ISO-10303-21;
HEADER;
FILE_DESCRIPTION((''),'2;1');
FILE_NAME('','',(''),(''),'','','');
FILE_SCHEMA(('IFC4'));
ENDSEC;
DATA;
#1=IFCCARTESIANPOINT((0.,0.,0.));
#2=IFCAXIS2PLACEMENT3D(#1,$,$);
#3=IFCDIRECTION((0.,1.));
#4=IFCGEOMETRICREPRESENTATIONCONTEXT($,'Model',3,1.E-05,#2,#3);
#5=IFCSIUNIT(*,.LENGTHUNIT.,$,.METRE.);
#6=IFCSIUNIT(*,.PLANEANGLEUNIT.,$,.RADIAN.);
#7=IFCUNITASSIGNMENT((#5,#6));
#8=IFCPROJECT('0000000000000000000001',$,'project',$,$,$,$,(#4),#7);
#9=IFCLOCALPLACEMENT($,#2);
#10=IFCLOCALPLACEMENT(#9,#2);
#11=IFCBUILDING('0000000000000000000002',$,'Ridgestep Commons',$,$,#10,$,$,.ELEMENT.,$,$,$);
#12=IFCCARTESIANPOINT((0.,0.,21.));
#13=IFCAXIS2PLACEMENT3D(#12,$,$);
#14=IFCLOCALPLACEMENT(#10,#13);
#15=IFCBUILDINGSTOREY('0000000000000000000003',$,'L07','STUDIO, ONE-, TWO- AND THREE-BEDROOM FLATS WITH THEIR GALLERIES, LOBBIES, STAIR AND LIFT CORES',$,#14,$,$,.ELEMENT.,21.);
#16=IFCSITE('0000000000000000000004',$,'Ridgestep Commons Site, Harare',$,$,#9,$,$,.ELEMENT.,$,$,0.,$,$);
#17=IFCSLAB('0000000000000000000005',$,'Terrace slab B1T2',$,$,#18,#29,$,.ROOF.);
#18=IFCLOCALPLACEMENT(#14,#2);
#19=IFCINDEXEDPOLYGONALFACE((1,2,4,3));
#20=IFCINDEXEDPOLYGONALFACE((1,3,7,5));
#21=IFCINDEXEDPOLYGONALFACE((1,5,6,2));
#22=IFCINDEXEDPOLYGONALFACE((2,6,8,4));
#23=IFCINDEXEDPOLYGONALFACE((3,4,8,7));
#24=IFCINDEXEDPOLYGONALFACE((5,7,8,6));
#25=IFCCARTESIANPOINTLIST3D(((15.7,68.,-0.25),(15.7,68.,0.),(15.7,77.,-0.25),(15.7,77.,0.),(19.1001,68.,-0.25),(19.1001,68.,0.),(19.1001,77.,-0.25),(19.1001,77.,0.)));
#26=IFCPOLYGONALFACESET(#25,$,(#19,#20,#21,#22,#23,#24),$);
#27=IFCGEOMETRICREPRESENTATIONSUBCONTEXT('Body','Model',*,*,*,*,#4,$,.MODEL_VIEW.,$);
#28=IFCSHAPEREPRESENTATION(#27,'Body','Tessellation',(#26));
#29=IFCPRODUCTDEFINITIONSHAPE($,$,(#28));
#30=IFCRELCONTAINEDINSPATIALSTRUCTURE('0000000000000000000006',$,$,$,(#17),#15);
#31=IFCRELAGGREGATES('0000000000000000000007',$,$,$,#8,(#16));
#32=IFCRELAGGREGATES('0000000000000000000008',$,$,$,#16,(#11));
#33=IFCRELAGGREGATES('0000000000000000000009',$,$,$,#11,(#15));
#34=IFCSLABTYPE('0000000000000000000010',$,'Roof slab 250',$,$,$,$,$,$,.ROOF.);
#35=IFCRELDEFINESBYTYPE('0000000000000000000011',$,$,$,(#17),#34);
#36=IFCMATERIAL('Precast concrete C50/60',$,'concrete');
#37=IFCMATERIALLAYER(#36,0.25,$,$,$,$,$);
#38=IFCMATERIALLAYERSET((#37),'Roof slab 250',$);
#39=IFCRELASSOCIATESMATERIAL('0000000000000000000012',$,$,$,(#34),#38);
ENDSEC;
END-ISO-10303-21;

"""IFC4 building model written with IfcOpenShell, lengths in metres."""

from ifc_helpers import new_model, si_unit, direction, frame, origin, place, context, subcontext, project, spatial, polyline, outline, extrude, material, layer, layer_set, type_object, element, save


model = new_model("IFC4")

# Units and contexts
model_context = context("Model", 3, precision=1e-05, world=origin(), true_north=direction((0.0, 1.0)))
body_context = subcontext(model_context, "Body", "Model", "MODEL_VIEW")
ifc_project = project(units=[si_unit("LENGTHUNIT", "METRE"), si_unit("PLANEANGLEUNIT", "RADIAN")], contexts=[model_context])

# Site, building, storey
site_placement = place(None, origin())
site = spatial("IfcSite", under=ifc_project, at=site_placement, Name="Ridgestep Commons Site, Harare", CompositionType="ELEMENT", RefElevation=0.0)
building_placement = place(site_placement, origin())
building = spatial("IfcBuilding", under=site, at=building_placement, Name="Ridgestep Commons", CompositionType="ELEMENT")
storey_placement = place(building_placement, frame((0.0, 0.0, 21.0)))
storey = spatial("IfcBuildingStorey", under=building, at=storey_placement, Name="L07", Description="STUDIO, ONE-, TWO- AND THREE-BEDROOM FLATS WITH THEIR GALLERIES, LOBBIES, STAIR AND LIFT CORES", CompositionType="ELEMENT", Elevation=21.0)

# Slab
ifc_material_1 = material(Name="Precast concrete C50/60", Category="concrete")
ifc_layer_1 = layer(ifc_material_1, 0.25)
ifc_layer_set_1 = layer_set([ifc_layer_1], Name="Roof slab 250")
slab_type_1 = type_object("IfcSlabType", Name="Roof slab 250", PredefinedType="ROOF", material=ifc_layer_set_1)
slab_1_placement = place(storey_placement, frame((0.0, 0.0, -0.25)))
element("IfcSlab", 1, at=slab_1_placement, inside=storey, type_object=slab_type_1, Name="Terrace slab B1T2", PredefinedType="ROOF", context=body_context, shape_type="SweptSolid", body=[
    extrude(outline(polyline([(19.1001, 68.0), (19.1001, 77.0), (15.7, 77.0), (15.7, 68.0), (19.1001, 68.0)])), origin(), (0.0, 0.0, 1.0), 0.25),
])

save(model, "model.ifc")
